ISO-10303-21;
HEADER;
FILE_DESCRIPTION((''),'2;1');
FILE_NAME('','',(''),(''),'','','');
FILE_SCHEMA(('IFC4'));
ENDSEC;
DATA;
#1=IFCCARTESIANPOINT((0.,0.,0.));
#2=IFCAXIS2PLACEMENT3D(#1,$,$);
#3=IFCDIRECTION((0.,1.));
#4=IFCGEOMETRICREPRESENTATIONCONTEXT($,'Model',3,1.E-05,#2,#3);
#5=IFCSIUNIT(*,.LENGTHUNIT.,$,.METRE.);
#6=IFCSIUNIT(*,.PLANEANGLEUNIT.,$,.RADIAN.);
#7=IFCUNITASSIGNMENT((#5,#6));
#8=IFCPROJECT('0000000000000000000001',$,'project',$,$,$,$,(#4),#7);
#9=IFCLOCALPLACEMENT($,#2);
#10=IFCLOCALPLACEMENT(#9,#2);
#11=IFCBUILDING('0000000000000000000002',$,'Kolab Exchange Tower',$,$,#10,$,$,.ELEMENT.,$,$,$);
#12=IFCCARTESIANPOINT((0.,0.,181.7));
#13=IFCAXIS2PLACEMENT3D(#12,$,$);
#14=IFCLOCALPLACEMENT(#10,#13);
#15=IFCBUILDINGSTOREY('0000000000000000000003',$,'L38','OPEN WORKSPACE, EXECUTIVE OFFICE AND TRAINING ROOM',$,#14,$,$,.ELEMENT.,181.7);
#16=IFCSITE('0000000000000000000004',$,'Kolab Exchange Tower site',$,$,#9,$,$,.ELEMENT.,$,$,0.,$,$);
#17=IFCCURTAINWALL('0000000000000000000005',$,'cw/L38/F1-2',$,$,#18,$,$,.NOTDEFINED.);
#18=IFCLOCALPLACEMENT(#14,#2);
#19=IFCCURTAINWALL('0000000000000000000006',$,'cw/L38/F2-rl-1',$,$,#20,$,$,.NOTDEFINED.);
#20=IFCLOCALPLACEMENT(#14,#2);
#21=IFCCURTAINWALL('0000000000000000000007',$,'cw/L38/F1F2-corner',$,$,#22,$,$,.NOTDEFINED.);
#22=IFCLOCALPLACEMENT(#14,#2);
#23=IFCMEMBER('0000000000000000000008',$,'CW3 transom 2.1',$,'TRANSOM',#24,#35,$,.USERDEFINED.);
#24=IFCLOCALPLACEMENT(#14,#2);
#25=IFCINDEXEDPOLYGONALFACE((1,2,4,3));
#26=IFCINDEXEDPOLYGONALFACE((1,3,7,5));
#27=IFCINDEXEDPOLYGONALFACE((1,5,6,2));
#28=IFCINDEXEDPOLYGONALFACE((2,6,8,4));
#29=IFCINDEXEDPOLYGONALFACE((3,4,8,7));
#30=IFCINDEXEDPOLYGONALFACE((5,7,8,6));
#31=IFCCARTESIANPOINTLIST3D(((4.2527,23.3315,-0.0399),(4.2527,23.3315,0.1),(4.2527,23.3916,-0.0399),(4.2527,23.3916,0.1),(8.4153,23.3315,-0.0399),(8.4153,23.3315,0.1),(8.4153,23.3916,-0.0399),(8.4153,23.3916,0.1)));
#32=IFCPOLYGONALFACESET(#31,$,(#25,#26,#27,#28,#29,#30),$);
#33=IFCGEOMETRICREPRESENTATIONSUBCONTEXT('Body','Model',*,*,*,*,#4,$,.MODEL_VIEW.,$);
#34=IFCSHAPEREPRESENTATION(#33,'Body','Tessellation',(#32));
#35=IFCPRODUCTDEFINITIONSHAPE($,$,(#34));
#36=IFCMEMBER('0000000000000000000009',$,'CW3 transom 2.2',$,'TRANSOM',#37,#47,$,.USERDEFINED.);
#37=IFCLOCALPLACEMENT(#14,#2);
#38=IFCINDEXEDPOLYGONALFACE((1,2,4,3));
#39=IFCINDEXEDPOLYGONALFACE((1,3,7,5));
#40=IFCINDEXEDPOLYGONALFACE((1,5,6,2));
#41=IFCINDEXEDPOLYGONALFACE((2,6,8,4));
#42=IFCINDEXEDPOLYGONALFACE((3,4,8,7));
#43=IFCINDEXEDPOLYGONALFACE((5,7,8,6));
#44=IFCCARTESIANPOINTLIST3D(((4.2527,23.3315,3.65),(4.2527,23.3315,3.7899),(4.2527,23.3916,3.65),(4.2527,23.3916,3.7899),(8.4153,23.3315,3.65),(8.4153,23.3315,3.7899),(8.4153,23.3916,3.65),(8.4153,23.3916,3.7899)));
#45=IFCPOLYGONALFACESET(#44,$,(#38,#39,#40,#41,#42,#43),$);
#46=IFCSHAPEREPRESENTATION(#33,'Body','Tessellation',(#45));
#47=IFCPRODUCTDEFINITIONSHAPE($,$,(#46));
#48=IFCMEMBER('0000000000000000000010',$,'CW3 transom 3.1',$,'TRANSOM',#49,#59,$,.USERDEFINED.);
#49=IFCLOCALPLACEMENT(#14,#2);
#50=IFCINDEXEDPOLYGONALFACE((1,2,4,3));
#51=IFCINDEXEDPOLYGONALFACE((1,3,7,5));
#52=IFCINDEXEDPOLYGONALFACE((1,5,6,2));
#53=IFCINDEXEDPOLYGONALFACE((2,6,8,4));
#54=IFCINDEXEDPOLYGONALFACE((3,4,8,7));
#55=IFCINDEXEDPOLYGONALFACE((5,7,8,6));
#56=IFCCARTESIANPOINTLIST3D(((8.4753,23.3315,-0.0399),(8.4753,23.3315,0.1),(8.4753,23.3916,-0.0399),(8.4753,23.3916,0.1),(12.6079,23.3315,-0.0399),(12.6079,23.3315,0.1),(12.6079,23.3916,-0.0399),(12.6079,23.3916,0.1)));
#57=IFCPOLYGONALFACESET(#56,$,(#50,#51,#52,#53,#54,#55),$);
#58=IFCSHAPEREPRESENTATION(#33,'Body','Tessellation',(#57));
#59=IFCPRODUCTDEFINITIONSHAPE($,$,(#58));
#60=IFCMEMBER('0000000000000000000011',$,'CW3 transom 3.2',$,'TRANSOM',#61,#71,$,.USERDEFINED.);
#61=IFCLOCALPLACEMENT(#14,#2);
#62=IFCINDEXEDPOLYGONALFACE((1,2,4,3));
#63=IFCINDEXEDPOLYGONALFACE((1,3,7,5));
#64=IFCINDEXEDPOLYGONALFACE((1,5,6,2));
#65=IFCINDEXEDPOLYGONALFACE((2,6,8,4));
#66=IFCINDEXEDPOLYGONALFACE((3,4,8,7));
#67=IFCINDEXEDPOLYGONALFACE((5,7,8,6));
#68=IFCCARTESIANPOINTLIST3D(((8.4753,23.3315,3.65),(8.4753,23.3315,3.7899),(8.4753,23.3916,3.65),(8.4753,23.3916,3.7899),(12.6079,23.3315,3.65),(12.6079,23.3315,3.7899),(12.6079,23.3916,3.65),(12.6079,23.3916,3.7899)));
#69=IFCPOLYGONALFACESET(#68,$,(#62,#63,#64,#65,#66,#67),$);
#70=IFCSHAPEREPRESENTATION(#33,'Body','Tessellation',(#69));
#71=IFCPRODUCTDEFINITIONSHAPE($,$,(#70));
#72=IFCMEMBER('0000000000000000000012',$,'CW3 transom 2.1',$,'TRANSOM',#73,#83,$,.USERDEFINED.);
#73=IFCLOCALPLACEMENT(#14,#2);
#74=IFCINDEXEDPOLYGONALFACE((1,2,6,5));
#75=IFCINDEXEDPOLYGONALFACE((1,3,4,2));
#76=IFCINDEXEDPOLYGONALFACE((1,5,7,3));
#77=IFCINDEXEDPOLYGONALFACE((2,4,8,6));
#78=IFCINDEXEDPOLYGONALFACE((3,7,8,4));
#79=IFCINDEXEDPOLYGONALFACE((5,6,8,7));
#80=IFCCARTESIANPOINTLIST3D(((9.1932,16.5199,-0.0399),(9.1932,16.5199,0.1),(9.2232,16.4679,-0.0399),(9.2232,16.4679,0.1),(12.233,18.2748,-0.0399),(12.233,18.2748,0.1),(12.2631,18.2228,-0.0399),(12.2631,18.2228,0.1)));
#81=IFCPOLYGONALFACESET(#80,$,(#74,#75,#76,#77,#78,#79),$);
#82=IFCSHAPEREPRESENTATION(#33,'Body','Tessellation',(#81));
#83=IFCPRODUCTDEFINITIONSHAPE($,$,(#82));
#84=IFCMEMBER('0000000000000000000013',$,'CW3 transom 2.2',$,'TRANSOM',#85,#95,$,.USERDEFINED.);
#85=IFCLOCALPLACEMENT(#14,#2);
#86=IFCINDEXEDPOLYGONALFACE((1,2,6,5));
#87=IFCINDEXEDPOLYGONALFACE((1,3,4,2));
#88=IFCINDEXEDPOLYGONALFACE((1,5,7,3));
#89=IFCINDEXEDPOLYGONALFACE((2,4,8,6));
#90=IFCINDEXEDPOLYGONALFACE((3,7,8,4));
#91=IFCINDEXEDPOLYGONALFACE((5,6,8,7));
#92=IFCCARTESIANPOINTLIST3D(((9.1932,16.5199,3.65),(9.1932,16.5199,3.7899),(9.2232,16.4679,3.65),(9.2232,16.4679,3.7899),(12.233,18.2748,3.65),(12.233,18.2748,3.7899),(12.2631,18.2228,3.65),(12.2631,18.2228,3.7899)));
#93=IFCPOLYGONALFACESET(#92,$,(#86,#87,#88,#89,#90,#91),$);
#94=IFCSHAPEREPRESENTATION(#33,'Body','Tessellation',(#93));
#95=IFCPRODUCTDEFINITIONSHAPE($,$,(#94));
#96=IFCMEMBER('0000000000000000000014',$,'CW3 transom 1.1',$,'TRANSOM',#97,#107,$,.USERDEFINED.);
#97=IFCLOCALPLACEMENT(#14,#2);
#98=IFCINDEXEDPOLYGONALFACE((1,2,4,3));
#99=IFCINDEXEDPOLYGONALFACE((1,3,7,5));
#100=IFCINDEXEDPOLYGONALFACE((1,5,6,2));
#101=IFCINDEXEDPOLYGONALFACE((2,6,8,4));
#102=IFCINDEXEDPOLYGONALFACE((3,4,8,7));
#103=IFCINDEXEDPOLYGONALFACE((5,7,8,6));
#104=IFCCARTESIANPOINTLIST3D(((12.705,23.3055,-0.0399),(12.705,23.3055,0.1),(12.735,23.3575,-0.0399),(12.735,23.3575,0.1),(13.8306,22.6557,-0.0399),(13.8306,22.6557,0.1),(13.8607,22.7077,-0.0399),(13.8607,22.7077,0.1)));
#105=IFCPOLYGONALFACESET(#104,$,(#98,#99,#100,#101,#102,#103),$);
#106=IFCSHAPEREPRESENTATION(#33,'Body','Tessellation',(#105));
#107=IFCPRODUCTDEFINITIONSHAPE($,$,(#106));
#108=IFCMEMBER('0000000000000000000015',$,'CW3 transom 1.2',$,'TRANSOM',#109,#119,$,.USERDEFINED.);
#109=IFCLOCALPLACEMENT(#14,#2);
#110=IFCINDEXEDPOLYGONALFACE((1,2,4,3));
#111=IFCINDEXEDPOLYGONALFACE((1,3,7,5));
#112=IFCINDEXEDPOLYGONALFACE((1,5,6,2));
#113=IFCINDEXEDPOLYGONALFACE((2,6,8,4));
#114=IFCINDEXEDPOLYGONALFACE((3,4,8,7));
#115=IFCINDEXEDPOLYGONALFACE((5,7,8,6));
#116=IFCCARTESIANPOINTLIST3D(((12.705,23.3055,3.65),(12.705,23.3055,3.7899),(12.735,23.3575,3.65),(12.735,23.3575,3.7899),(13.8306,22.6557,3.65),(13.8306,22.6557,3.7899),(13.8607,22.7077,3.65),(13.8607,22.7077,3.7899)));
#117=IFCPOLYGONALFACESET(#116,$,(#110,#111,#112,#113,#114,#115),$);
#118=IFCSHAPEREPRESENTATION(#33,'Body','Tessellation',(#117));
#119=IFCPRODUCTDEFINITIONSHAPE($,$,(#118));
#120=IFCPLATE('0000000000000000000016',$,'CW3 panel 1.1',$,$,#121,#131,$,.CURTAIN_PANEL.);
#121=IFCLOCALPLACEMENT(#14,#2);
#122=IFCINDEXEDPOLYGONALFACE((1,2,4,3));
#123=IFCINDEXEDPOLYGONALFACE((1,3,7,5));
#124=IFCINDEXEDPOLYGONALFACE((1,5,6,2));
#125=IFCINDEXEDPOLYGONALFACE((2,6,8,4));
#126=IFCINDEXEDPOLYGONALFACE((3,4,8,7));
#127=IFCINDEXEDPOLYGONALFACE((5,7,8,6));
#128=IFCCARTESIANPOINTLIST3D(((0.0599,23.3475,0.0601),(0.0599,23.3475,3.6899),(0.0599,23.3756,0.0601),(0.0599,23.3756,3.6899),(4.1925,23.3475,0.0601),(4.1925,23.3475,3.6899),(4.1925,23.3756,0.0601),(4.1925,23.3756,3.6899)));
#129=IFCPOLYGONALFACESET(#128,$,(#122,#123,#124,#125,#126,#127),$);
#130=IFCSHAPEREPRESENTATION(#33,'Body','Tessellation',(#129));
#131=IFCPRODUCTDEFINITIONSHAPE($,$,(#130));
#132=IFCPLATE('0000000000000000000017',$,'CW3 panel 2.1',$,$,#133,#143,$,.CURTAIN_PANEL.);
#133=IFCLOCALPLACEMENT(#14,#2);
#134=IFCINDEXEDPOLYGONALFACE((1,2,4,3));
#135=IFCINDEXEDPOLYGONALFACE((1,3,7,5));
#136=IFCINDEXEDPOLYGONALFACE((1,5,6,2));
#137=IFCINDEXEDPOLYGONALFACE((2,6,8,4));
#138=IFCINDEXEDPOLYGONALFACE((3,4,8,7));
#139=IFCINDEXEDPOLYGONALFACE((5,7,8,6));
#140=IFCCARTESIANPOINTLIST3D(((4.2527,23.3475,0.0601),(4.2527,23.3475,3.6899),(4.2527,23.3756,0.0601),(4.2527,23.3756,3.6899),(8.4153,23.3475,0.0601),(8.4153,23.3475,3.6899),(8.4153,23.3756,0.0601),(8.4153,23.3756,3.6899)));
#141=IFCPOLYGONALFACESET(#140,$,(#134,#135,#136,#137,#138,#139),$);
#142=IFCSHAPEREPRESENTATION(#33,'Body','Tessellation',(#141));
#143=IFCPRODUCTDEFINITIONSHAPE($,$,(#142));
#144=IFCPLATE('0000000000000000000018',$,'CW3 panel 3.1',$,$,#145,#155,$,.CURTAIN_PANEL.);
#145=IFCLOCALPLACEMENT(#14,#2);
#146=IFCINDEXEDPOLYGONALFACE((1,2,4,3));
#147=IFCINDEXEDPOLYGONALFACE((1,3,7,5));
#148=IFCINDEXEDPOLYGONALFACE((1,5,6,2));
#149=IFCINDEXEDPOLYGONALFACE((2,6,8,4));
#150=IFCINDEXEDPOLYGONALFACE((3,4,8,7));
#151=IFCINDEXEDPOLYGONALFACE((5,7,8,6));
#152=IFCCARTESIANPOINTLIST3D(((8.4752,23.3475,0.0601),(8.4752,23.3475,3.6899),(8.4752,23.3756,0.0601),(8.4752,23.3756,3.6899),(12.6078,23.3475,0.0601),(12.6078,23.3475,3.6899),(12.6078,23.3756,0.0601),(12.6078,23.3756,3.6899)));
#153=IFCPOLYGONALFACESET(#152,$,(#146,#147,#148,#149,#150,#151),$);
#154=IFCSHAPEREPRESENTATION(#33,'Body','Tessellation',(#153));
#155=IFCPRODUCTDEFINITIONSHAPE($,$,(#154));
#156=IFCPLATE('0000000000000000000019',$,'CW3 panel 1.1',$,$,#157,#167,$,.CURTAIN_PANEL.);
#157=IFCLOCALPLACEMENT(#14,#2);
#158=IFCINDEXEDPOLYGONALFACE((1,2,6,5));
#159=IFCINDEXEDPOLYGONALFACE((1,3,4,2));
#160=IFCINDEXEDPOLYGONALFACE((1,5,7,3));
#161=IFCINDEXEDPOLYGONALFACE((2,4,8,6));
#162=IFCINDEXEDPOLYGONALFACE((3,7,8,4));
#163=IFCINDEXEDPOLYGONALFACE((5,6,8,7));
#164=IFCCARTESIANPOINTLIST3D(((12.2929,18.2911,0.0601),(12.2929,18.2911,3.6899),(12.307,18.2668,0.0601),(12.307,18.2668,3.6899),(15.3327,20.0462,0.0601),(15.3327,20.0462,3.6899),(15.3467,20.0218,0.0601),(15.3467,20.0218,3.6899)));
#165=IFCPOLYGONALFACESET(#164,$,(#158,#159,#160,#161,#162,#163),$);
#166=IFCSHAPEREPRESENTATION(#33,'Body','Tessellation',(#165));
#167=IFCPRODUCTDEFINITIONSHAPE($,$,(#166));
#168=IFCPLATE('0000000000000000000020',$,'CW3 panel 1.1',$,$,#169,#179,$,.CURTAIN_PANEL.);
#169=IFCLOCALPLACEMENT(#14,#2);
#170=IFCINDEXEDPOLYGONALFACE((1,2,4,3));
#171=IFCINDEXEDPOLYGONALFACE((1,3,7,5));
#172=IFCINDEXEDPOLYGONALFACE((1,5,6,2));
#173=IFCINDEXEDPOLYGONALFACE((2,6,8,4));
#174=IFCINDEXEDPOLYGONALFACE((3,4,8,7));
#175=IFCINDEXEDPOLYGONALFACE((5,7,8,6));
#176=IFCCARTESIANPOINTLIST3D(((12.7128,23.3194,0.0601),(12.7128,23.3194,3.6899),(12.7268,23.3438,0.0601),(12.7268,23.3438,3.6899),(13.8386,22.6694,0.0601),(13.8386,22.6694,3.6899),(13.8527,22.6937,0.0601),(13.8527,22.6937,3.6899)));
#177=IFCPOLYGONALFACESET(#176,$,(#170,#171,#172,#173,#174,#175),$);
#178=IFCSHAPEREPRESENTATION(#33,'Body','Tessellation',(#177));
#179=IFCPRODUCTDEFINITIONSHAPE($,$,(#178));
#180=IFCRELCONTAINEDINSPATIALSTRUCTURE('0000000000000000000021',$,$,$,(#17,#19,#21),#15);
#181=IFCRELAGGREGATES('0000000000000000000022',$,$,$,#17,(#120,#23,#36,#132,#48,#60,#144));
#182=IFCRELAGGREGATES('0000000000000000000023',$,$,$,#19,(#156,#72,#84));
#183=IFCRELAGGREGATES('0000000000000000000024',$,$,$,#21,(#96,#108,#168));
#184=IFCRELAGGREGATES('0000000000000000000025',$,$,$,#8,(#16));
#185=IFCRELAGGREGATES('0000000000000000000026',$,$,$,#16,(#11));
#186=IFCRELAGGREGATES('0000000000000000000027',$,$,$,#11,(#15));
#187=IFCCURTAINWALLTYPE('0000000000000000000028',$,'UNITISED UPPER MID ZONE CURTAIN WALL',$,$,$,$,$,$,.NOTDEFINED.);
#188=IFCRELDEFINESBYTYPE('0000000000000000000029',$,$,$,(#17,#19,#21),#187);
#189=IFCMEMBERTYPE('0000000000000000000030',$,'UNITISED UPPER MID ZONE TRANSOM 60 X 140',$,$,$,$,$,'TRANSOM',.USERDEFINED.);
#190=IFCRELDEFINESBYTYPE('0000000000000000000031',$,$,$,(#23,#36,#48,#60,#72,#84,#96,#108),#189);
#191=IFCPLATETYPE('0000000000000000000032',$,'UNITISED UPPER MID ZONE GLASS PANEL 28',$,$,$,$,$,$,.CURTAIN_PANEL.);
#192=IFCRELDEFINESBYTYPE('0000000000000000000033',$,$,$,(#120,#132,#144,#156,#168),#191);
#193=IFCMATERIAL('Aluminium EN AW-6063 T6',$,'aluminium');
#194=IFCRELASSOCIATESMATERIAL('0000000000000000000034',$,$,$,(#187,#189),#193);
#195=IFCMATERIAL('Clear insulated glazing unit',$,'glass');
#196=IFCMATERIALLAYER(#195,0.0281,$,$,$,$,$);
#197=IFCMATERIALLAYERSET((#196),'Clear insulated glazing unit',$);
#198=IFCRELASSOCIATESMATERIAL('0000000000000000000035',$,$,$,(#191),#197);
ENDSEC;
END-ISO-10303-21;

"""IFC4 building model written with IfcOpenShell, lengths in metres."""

from ifc_helpers import new_model, si_unit, direction, frame, origin, origin_2d, place, context, subcontext, project, spatial, rectangle, extrude, material, layer, layer_set, material_profile, profile_set, type_object, element, aggregate, save


model = new_model("IFC4")

# Units and contexts
model_context = context("Model", 3, precision=1e-05, world=origin(), true_north=direction((0.0, 1.0)))
body_context = subcontext(model_context, "Body", "Model", "MODEL_VIEW")
ifc_project = project(units=[si_unit("LENGTHUNIT", "METRE"), si_unit("PLANEANGLEUNIT", "RADIAN")], contexts=[model_context])

# Site, building, storey
site_placement = place(None, origin())
site = spatial("IfcSite", under=ifc_project, at=site_placement, Name="Kolab Exchange Tower site", CompositionType="ELEMENT", RefElevation=0.0)
building_placement = place(site_placement, origin())
building = spatial("IfcBuilding", under=site, at=building_placement, Name="Kolab Exchange Tower", CompositionType="ELEMENT")
storey_placement = place(building_placement, frame((0.0, 0.0, 181.7)))
storey = spatial("IfcBuildingStorey", under=building, at=storey_placement, Name="L38", Description="OPEN WORKSPACE, EXECUTIVE OFFICE AND TRAINING ROOM", CompositionType="ELEMENT", Elevation=181.7)

# Curtain wall
ifc_material_1 = material(Name="Aluminium EN AW-6063 T6", Category="aluminium")
curtain_wall_type = type_object("IfcCurtainWallType", Name="UNITISED UPPER MID ZONE CURTAIN WALL", PredefinedType="NOTDEFINED", material=ifc_material_1)
curtain_wall_1_placement = place(storey_placement, origin())
curtain_wall_1 = element("IfcCurtainWall", 1, at=curtain_wall_1_placement, inside=storey, type_object=curtain_wall_type, Name="cw/L38/F1-2", PredefinedType="NOTDEFINED")

# Curtain wall
curtain_wall_2_placement = place(storey_placement, origin())
curtain_wall_2 = element("IfcCurtainWall", 2, at=curtain_wall_2_placement, inside=storey, type_object=curtain_wall_type, Name="cw/L38/F2-rl-1", PredefinedType="NOTDEFINED")

# Curtain wall
curtain_wall_3_placement = place(storey_placement, origin())
curtain_wall_3 = element("IfcCurtainWall", 3, at=curtain_wall_3_placement, inside=storey, type_object=curtain_wall_type, Name="cw/L38/F1F2-corner", PredefinedType="NOTDEFINED")

# Members
ifc_material_profile_1 = material_profile(ifc_material_1, rectangle(XDim=0.0601, YDim=0.1399, at=origin_2d()), Name="RECT 60X140")
ifc_profile_set_1 = profile_set([ifc_material_profile_1], Name="Aluminium EN AW-6063 T6")
member_type_1 = type_object("IfcMemberType", Name="UNITISED UPPER MID ZONE TRANSOM 60 X 140", ElementType="TRANSOM", PredefinedType="USERDEFINED", material=ifc_profile_set_1)
member_1_placement = place(storey_placement, frame((4.2527, 23.3616, 0.03), z_axis=(1.0, 0.0, 0.0), x_axis=(0.0, 1.0, 0.0)))
member_1 = element("IfcMember", 4, at=member_1_placement, type_object=member_type_1, Name="CW3 transom 2.1", ObjectType="TRANSOM", PredefinedType="USERDEFINED", context=body_context, shape_type="SweptSolid", body=[
    extrude(rectangle(XDim=0.0601, YDim=0.1399, at=origin_2d()), origin(), (0.0, 0.0, 1.0), 4.1626),
])
member_2_placement = place(storey_placement, frame((4.2527, 23.3616, 3.72), z_axis=(1.0, 0.0, 0.0), x_axis=(0.0, 1.0, 0.0)))
member_2 = element("IfcMember", 5, at=member_2_placement, type_object=member_type_1, Name="CW3 transom 2.2", ObjectType="TRANSOM", PredefinedType="USERDEFINED", context=body_context, shape_type="SweptSolid", body=[
    extrude(rectangle(XDim=0.0601, YDim=0.1399, at=origin_2d()), origin(), (0.0, 0.0, 1.0), 4.1626),
])
member_3_placement = place(storey_placement, frame((8.4753, 23.3616, 0.03), z_axis=(1.0, 0.0, 0.0), x_axis=(0.0, 1.0, 0.0)))
member_3 = element("IfcMember", 6, at=member_3_placement, type_object=member_type_1, Name="CW3 transom 3.1", ObjectType="TRANSOM", PredefinedType="USERDEFINED", context=body_context, shape_type="SweptSolid", body=[
    extrude(rectangle(XDim=0.0601, YDim=0.1399, at=origin_2d()), origin(), (0.0, 0.0, 1.0), 4.1326),
])
member_4_placement = place(storey_placement, frame((8.4753, 23.3616, 3.72), z_axis=(1.0, 0.0, 0.0), x_axis=(0.0, 1.0, 0.0)))
member_4 = element("IfcMember", 7, at=member_4_placement, type_object=member_type_1, Name="CW3 transom 3.2", ObjectType="TRANSOM", PredefinedType="USERDEFINED", context=body_context, shape_type="SweptSolid", body=[
    extrude(rectangle(XDim=0.0601, YDim=0.1399, at=origin_2d()), origin(), (0.0, 0.0, 1.0), 4.1326),
])
member_5_placement = place(storey_placement, frame((12.248, 18.2488, 0.03), z_axis=(-0.866043, -0.499969, 0.0), x_axis=(0.499969, -0.866043, 0.0)))
member_5 = element("IfcMember", 8, at=member_5_placement, type_object=member_type_1, Name="CW3 transom 2.1", ObjectType="TRANSOM", PredefinedType="USERDEFINED", context=body_context, shape_type="SweptSolid", body=[
    extrude(rectangle(XDim=0.0601, YDim=0.1399, at=origin_2d()), origin(), (0.0, 0.0, 1.0), 3.51),
])
member_6_placement = place(storey_placement, frame((12.248, 18.2488, 3.72), z_axis=(-0.866043, -0.499969, 0.0), x_axis=(0.499969, -0.866043, 0.0)))
member_6 = element("IfcMember", 9, at=member_6_placement, type_object=member_type_1, Name="CW3 transom 2.2", ObjectType="TRANSOM", PredefinedType="USERDEFINED", context=body_context, shape_type="SweptSolid", body=[
    extrude(rectangle(XDim=0.0601, YDim=0.1399, at=origin_2d()), origin(), (0.0, 0.0, 1.0), 3.51),
])
member_7_placement = place(storey_placement, frame((12.72, 23.3315, 0.03), z_axis=(0.866039, -0.499977, 0.0), x_axis=(0.499977, 0.866039, 0.0)))
member_7 = element("IfcMember", 10, at=member_7_placement, type_object=member_type_1, Name="CW3 transom 1.1", ObjectType="TRANSOM", PredefinedType="USERDEFINED", context=body_context, shape_type="SweptSolid", body=[
    extrude(rectangle(XDim=0.0601, YDim=0.1399, at=origin_2d()), origin(), (0.0, 0.0, 1.0), 1.2998),
])
member_8_placement = place(storey_placement, frame((12.72, 23.3315, 3.72), z_axis=(0.866039, -0.499977, 0.0), x_axis=(0.499977, 0.866039, 0.0)))
member_8 = element("IfcMember", 11, at=member_8_placement, type_object=member_type_1, Name="CW3 transom 1.2", ObjectType="TRANSOM", PredefinedType="USERDEFINED", context=body_context, shape_type="SweptSolid", body=[
    extrude(rectangle(XDim=0.0601, YDim=0.1399, at=origin_2d()), origin(), (0.0, 0.0, 1.0), 1.2998),
])

# Plates
ifc_material_2 = material(Name="Clear insulated glazing unit", Category="glass")
ifc_layer_1 = layer(ifc_material_2, 0.0281)
ifc_layer_set_1 = layer_set([ifc_layer_1], Name="Clear insulated glazing unit")
plate_type = type_object("IfcPlateType", Name="UNITISED UPPER MID ZONE GLASS PANEL 28", PredefinedType="CURTAIN_PANEL", material=ifc_layer_set_1)
plate_1_placement = place(storey_placement, frame((2.1262, 23.3616, 0.0601), z_axis=(0.0, 0.0, 1.0), x_axis=(1.0, 0.0, 0.0)))
plate_1 = element("IfcPlate", 12, at=plate_1_placement, type_object=plate_type, Name="CW3 panel 1.1", PredefinedType="CURTAIN_PANEL", context=body_context, shape_type="SweptSolid", body=[
    extrude(rectangle(XDim=4.1326, YDim=0.0281, at=origin_2d()), origin(), (0.0, 0.0, 1.0), 3.6299),
])
plate_2_placement = place(storey_placement, frame((6.334, 23.3616, 0.0601), z_axis=(0.0, 0.0, 1.0), x_axis=(1.0, 0.0, 0.0)))
plate_2 = element("IfcPlate", 13, at=plate_2_placement, type_object=plate_type, Name="CW3 panel 2.1", PredefinedType="CURTAIN_PANEL", context=body_context, shape_type="SweptSolid", body=[
    extrude(rectangle(XDim=4.1626, YDim=0.0281, at=origin_2d()), origin(), (0.0, 0.0, 1.0), 3.6299),
])
plate_3_placement = place(storey_placement, frame((10.5415, 23.3616, 0.0601), z_axis=(0.0, 0.0, 1.0), x_axis=(1.0, 0.0, 0.0)))
plate_3 = element("IfcPlate", 14, at=plate_3_placement, type_object=plate_type, Name="CW3 panel 3.1", PredefinedType="CURTAIN_PANEL", context=body_context, shape_type="SweptSolid", body=[
    extrude(rectangle(XDim=4.1326, YDim=0.0281, at=origin_2d()), origin(), (0.0, 0.0, 1.0), 3.6299),
])
aggregate(curtain_wall_1, [plate_1, member_1, member_2, plate_2, member_3, member_4, plate_3])
plate_4_placement = place(storey_placement, frame((13.8198, 19.1565, 0.0601), z_axis=(0.0, 0.0, 1.0), x_axis=(-0.866025, -0.5, 0.0)))
plate_4 = element("IfcPlate", 15, at=plate_4_placement, type_object=plate_type, Name="CW3 panel 1.1", PredefinedType="CURTAIN_PANEL", context=body_context, shape_type="SweptSolid", body=[
    extrude(rectangle(XDim=3.51, YDim=0.0281, at=origin_2d()), origin(), (0.0, 0.0, 1.0), 3.6299),
])
aggregate(curtain_wall_2, [plate_4, member_5, member_6])
plate_5_placement = place(storey_placement, frame((13.2827, 23.0066, 0.0601), z_axis=(0.0, 0.0, 1.0), x_axis=(0.866025, -0.5, 0.0)))
plate_5 = element("IfcPlate", 16, at=plate_5_placement, type_object=plate_type, Name="CW3 panel 1.1", PredefinedType="CURTAIN_PANEL", context=body_context, shape_type="SweptSolid", body=[
    extrude(rectangle(XDim=1.3, YDim=0.0281, at=origin_2d()), origin(), (0.0, 0.0, 1.0), 3.6299),
])
aggregate(curtain_wall_3, [member_7, member_8, plate_5])

save(model, "model.ifc")
